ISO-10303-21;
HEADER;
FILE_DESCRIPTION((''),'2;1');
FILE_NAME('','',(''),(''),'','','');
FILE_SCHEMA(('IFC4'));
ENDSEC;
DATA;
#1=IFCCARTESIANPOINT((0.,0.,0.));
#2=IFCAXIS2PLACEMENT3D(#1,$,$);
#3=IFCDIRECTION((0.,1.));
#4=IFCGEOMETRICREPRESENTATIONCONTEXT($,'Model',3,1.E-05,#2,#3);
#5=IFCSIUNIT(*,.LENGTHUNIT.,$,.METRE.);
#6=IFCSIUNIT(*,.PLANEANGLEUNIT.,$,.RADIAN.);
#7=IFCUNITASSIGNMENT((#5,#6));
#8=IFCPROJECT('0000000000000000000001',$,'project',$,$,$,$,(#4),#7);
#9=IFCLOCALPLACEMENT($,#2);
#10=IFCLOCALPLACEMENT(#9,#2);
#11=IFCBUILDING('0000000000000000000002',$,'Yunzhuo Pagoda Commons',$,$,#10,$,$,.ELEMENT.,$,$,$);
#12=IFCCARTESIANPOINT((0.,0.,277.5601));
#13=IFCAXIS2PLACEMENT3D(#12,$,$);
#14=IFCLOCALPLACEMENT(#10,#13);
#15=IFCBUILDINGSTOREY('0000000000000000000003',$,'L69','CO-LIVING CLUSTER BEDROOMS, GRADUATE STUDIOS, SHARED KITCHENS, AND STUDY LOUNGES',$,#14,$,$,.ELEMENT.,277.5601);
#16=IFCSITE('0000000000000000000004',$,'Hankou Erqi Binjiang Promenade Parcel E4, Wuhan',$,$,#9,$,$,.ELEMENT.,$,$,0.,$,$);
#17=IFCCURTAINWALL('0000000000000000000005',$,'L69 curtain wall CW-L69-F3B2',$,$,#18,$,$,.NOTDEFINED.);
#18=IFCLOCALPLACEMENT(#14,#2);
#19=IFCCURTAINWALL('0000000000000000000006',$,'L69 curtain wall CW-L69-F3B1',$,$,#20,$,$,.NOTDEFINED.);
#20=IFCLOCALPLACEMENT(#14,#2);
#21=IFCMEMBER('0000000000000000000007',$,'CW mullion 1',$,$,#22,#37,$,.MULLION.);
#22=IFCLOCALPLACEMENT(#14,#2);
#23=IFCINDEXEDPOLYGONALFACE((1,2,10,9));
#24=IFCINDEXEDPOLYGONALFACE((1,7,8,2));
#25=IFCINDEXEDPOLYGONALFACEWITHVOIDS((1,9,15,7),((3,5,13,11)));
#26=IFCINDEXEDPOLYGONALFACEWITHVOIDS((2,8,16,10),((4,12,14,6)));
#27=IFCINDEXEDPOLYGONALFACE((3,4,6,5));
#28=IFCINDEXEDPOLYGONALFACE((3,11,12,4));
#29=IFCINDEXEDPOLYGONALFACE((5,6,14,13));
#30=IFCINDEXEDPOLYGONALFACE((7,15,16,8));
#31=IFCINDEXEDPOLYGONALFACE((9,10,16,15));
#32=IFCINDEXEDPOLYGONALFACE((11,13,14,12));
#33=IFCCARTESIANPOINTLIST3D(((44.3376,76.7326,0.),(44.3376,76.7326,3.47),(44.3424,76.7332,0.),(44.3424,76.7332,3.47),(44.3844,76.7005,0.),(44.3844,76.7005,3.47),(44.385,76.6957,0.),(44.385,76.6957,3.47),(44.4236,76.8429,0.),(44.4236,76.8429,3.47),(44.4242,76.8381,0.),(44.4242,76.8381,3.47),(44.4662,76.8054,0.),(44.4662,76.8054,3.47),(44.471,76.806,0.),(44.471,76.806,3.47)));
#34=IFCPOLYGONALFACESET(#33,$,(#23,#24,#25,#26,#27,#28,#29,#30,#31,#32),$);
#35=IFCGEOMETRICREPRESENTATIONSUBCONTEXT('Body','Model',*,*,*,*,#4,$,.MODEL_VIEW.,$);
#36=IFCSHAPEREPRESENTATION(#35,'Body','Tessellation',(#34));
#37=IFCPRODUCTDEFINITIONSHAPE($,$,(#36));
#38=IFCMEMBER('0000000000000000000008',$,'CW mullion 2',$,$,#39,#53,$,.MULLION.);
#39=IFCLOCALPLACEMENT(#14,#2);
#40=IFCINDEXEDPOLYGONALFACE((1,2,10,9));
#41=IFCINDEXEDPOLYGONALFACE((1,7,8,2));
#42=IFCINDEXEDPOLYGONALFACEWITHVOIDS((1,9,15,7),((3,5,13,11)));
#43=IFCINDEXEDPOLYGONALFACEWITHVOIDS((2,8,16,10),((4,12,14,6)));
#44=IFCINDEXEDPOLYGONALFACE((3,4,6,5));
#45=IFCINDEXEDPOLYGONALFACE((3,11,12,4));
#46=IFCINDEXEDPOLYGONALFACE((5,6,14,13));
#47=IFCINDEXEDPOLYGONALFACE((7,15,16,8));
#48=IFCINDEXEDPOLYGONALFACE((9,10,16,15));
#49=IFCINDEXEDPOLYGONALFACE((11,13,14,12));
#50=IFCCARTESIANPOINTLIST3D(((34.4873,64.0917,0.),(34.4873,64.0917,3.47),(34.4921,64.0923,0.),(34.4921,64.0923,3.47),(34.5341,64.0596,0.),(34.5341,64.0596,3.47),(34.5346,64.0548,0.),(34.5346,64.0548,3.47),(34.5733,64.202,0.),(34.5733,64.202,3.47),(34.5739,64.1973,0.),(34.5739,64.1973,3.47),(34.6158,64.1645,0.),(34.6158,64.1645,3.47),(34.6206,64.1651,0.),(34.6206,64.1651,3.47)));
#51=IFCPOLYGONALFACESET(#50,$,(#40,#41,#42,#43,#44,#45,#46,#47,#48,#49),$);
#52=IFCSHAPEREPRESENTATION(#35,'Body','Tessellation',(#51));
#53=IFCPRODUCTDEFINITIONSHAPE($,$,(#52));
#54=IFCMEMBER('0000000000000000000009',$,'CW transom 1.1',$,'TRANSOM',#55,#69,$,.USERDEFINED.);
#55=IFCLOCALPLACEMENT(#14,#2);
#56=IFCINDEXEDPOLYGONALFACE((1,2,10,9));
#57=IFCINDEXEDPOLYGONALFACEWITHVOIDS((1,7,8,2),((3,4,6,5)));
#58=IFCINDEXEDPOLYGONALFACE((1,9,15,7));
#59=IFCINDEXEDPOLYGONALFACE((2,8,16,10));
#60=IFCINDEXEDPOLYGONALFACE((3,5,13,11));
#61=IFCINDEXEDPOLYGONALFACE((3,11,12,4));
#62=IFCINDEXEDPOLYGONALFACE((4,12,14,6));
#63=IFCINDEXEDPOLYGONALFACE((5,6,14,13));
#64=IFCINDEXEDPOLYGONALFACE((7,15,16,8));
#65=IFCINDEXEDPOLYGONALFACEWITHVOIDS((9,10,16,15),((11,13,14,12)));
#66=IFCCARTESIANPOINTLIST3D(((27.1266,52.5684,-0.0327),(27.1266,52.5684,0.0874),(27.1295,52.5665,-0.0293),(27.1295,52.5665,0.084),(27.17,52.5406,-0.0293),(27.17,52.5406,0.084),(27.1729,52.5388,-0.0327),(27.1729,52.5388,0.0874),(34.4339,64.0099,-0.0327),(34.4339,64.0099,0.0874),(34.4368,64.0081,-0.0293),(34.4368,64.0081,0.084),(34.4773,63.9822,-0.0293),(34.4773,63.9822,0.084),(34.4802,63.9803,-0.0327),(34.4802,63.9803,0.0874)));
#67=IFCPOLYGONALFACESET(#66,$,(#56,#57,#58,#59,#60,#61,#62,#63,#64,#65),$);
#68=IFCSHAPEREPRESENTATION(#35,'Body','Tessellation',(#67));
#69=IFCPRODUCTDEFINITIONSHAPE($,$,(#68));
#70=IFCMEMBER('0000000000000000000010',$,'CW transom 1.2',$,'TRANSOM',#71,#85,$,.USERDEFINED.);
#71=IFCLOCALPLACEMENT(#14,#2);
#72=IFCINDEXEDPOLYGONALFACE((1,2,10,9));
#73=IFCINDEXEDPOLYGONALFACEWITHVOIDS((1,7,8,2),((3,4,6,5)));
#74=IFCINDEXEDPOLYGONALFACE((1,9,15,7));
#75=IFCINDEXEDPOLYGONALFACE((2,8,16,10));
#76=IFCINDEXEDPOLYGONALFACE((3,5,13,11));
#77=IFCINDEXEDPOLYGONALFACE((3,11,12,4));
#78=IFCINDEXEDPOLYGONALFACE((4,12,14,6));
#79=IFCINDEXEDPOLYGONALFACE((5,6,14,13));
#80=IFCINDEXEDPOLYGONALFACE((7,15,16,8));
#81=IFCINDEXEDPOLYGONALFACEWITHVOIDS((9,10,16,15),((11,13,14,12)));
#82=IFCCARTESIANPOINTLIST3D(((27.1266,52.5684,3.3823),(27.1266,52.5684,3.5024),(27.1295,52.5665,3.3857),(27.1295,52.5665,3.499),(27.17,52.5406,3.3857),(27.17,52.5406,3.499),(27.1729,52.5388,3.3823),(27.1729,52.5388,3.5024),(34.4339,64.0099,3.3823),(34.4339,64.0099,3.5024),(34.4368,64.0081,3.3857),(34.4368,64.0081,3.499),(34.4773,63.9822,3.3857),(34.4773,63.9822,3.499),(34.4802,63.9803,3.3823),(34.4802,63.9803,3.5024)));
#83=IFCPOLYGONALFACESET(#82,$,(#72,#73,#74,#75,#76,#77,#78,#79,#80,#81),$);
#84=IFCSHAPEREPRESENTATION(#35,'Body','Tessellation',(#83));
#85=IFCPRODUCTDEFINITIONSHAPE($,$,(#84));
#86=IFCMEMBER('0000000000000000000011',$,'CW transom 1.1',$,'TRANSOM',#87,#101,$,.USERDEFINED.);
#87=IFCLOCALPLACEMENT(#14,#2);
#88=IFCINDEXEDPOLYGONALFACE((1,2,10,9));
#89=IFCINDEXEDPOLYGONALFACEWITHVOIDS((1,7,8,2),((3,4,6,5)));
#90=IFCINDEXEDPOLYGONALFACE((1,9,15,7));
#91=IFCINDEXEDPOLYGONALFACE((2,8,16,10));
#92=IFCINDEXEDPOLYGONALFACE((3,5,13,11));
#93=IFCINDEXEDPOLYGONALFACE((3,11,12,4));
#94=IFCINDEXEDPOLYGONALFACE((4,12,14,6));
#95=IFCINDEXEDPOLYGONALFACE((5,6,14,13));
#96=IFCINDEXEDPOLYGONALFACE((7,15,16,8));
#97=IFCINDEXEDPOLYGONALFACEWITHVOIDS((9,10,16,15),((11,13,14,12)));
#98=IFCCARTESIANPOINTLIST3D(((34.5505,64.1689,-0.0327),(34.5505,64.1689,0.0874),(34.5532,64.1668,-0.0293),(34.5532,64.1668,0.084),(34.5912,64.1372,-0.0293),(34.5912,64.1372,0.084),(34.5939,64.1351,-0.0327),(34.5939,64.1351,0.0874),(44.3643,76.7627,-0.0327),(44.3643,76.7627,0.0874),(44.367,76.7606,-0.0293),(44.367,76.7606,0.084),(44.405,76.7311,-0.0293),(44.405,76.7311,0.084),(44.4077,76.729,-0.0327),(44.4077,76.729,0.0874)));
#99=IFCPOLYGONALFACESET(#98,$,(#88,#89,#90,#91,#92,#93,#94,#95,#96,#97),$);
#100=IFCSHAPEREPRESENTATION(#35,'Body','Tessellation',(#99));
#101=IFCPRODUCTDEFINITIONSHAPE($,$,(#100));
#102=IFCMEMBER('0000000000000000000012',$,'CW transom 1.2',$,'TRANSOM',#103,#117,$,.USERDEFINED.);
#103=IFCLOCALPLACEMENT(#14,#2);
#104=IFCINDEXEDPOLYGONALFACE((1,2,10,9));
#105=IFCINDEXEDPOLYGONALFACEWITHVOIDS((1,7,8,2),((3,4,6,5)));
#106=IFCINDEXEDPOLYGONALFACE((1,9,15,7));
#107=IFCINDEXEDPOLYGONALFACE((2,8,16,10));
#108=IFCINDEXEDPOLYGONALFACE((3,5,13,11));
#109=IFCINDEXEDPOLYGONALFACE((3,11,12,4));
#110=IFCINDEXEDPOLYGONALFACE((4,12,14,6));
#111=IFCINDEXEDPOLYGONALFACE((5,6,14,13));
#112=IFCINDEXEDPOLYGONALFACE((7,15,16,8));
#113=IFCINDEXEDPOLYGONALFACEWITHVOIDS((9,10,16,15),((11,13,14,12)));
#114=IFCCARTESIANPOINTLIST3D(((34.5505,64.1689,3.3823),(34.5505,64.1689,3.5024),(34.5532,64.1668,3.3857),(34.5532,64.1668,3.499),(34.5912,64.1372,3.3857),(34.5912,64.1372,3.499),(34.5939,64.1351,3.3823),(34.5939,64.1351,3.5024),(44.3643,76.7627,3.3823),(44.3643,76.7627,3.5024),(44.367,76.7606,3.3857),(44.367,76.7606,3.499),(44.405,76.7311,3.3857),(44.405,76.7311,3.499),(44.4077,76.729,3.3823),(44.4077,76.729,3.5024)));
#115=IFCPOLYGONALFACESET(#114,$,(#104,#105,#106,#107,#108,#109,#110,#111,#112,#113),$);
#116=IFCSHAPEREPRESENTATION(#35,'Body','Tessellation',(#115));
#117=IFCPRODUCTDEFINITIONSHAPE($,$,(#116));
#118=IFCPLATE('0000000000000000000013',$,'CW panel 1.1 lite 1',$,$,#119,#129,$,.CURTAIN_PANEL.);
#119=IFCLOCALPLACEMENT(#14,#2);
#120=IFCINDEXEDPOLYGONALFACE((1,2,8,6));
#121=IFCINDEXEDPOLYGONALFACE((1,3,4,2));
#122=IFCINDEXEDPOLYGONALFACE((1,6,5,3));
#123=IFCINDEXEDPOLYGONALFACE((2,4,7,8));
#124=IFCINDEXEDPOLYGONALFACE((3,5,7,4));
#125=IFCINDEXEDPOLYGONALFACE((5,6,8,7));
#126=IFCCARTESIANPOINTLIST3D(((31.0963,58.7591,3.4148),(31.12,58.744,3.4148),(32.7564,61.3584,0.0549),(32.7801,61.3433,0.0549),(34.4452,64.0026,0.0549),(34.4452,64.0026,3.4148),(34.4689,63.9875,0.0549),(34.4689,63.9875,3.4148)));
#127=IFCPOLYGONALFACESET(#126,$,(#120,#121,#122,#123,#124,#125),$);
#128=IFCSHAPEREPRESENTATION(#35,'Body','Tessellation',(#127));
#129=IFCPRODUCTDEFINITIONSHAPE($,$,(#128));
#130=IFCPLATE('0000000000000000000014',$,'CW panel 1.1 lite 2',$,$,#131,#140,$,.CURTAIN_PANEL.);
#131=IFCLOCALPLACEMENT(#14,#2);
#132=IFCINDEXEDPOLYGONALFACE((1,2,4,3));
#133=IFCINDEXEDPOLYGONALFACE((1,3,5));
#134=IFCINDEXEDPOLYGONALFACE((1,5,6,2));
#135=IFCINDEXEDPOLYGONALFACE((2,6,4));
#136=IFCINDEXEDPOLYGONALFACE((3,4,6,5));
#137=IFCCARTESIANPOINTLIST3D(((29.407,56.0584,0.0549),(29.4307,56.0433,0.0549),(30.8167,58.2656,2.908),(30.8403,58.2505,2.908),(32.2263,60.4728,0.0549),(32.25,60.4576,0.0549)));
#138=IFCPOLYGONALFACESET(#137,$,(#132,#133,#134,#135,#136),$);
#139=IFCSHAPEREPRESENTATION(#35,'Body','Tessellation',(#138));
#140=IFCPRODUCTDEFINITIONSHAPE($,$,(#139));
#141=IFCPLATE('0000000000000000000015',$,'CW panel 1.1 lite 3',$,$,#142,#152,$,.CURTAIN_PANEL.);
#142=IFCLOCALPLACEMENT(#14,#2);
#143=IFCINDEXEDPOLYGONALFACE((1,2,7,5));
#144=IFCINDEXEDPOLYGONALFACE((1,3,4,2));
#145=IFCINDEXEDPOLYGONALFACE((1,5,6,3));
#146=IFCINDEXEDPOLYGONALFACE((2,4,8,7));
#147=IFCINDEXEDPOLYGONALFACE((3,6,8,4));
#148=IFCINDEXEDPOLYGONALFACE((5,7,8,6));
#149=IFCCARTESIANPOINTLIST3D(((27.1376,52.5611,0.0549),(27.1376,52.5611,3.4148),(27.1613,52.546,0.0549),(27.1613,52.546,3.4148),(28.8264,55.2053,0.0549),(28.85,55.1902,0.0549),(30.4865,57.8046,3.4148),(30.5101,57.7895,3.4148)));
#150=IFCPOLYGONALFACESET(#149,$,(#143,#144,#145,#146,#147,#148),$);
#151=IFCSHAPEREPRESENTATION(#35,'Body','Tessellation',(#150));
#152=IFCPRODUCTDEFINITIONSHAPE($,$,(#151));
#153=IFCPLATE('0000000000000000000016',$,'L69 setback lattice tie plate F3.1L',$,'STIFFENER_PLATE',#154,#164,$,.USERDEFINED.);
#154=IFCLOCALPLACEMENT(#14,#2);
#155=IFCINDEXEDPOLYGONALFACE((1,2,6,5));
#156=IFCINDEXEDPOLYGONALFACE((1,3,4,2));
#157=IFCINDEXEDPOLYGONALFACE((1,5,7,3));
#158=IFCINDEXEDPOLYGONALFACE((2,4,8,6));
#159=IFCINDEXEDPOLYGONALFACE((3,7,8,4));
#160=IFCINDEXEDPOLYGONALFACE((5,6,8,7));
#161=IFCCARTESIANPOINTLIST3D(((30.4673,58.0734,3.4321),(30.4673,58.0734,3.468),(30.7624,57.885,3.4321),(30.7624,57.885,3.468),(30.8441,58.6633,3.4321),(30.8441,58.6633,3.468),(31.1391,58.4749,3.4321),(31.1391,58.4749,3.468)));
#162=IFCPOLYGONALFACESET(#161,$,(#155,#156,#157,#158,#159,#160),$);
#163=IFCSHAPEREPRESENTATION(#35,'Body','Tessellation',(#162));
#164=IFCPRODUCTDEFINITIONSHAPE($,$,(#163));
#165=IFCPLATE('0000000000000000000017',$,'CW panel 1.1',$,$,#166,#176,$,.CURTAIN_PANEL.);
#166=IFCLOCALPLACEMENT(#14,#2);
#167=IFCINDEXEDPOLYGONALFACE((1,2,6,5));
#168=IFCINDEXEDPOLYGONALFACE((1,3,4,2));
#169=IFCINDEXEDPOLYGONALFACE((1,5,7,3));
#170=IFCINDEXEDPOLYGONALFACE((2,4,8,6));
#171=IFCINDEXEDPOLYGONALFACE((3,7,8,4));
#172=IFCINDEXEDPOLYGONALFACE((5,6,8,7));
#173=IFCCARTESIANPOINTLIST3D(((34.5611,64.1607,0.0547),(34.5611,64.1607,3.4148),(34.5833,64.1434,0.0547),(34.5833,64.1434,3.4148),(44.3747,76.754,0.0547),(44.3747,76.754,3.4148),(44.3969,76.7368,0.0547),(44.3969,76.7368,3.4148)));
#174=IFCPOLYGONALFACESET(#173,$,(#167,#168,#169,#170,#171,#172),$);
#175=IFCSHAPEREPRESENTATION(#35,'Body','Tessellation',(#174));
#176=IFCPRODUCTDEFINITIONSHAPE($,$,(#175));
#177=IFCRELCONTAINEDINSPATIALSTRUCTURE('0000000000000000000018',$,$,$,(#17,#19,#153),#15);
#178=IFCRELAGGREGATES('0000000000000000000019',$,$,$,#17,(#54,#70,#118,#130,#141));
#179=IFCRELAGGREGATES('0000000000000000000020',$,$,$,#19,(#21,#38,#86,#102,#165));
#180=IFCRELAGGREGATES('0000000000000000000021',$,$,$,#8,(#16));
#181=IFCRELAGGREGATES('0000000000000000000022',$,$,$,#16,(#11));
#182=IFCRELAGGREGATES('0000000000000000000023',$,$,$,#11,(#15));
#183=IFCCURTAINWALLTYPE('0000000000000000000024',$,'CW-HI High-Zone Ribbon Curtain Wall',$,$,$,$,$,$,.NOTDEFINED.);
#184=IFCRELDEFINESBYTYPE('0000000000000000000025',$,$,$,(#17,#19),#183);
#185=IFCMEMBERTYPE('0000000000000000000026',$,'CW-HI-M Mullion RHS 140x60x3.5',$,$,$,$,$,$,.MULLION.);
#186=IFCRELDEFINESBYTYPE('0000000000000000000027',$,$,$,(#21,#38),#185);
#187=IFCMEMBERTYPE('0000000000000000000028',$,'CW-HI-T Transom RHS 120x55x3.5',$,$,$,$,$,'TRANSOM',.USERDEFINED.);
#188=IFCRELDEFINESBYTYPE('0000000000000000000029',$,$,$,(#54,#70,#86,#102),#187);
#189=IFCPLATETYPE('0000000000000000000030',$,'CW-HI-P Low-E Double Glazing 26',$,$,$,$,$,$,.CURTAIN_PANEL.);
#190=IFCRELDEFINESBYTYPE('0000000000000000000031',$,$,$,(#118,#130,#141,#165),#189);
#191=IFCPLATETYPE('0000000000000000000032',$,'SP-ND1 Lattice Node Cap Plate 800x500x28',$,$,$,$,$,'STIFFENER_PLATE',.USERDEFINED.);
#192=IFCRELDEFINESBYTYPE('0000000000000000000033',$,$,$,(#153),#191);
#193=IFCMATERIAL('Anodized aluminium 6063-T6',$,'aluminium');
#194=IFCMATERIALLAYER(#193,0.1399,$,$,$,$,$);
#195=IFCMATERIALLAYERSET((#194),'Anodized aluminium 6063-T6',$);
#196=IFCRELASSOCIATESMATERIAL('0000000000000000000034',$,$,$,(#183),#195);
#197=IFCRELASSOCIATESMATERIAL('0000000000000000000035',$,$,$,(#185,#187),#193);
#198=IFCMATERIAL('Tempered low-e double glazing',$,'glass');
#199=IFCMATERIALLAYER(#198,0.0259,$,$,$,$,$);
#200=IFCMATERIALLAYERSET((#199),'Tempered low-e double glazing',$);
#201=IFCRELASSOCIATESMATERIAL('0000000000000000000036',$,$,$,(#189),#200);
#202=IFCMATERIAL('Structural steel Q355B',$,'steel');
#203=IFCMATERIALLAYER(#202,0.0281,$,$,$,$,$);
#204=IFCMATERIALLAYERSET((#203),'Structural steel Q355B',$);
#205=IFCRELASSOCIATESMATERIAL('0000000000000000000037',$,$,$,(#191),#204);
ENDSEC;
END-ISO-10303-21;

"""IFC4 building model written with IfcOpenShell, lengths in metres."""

from ifc_helpers import new_model, si_unit, direction, frame, origin, origin_2d, place, context, subcontext, project, spatial, polyline, rectangle, hollow_rectangle, outline, extrude, source, transform, mapped, material, layer, layer_set, material_profile, profile_set, type_object, element, aggregate, save


model = new_model("IFC4")

# Units and contexts
model_context = context("Model", 3, precision=1e-05, world=origin(), true_north=direction((0.0, 1.0)))
body_context = subcontext(model_context, "Body", "Model", "MODEL_VIEW")
ifc_project = project(units=[si_unit("LENGTHUNIT", "METRE"), si_unit("PLANEANGLEUNIT", "RADIAN")], contexts=[model_context])

# Site, building, storey
site_placement = place(None, origin())
site = spatial("IfcSite", under=ifc_project, at=site_placement, Name="Hankou Erqi Binjiang Promenade Parcel E4, Wuhan", CompositionType="ELEMENT", RefElevation=0.0)
building_placement = place(site_placement, origin())
building = spatial("IfcBuilding", under=site, at=building_placement, Name="Yunzhuo Pagoda Commons", CompositionType="ELEMENT")
storey_placement = place(building_placement, frame((0.0, 0.0, 277.5601)))
storey = spatial("IfcBuildingStorey", under=building, at=storey_placement, Name="L69", Description="CO-LIVING CLUSTER BEDROOMS, GRADUATE STUDIOS, SHARED KITCHENS, AND STUDY LOUNGES", CompositionType="ELEMENT", Elevation=277.5601)

# Shared definitions
ifc_material_1 = material(Name="Structural steel Q355B", Category="steel")

# Curtain wall
ifc_material_2 = material(Name="Anodized aluminium 6063-T6", Category="aluminium")
ifc_layer_1 = layer(ifc_material_2, 0.1399)
ifc_layer_set_1 = layer_set([ifc_layer_1], Name="Anodized aluminium 6063-T6")
curtain_wall_type = type_object("IfcCurtainWallType", Name="CW-HI High-Zone Ribbon Curtain Wall", PredefinedType="NOTDEFINED", material=ifc_layer_set_1)
curtain_wall_1_placement = place(storey_placement, origin())
curtain_wall_1 = element("IfcCurtainWall", 1, at=curtain_wall_1_placement, inside=storey, type_object=curtain_wall_type, Name="L69 curtain wall CW-L69-F3B2", PredefinedType="NOTDEFINED")
ifc_material_profile_1 = material_profile(ifc_material_2, hollow_rectangle(XDim=0.0601, YDim=0.1399, WallThickness=0.0034, at=origin_2d()), Name="Anodized aluminium 6063-T6")
ifc_profile_set_1 = profile_set([ifc_material_profile_1], Name="Anodized aluminium 6063-T6")
member_type_1 = type_object("IfcMemberType", Name="CW-HI-M Mullion RHS 140x60x3.5", PredefinedType="MULLION", material=ifc_profile_set_1)
shared_shape_1 = source(origin(), body_context, "Body", "SweptSolid", [
    extrude(hollow_rectangle(XDim=0.0601, YDim=0.1399, WallThickness=0.0034, at=origin_2d()), origin(), (0.0, 0.0, 1.0), 3.47),
])

# Curtain wall, members
curtain_wall_2_placement = place(storey_placement, origin())
curtain_wall_2 = element("IfcCurtainWall", 2, at=curtain_wall_2_placement, inside=storey, type_object=curtain_wall_type, Name="L69 curtain wall CW-L69-F3B1", PredefinedType="NOTDEFINED")
member_1_placement = place(storey_placement, frame((44.4043, 76.7693, 0.0), z_axis=(0.0, 0.0, 1.0), x_axis=(0.788783, -0.614672, 0.0)))
member_1 = element("IfcMember", 3, at=member_1_placement, type_object=member_type_1, Name="CW mullion 1", PredefinedType="MULLION", context=body_context, shape_type="MappedRepresentation", body=[
    mapped(shared_shape_1, transform((0.0, 0.0, 0.0), scale=1.0)),
])
member_2_placement = place(storey_placement, frame((34.554, 64.1284, 0.0), z_axis=(0.0, 0.0, 1.0), x_axis=(0.788783, -0.614672, 0.0)))
member_2 = element("IfcMember", 4, at=member_2_placement, type_object=member_type_1, Name="CW mullion 2", PredefinedType="MULLION", context=body_context, shape_type="MappedRepresentation", body=[
    mapped(shared_shape_1, transform((0.0, 0.0, 0.0), scale=1.0)),
])

# Members
ifc_material_profile_2 = material_profile(ifc_material_2, hollow_rectangle(XDim=0.0549, YDim=0.1201, WallThickness=0.0034, at=origin_2d()), Name="Anodized aluminium 6063-T6")
ifc_profile_set_2 = profile_set([ifc_material_profile_2], Name="Anodized aluminium 6063-T6")
member_type_2 = type_object("IfcMemberType", Name="CW-HI-T Transom RHS 120x55x3.5", ElementType="TRANSOM", PredefinedType="USERDEFINED", material=ifc_profile_set_2)
shared_shape_2 = source(origin(), body_context, "Body", "SweptSolid", [
    extrude(hollow_rectangle(XDim=0.0549, YDim=0.1201, WallThickness=0.0034, at=origin_2d()), origin(), (0.0, 0.0, 1.0), 13.5759),
])
member_3_placement = place(storey_placement, frame((34.457, 63.9951, 0.0273), z_axis=(-0.538255, -0.842782, 0.0), x_axis=(0.842782, -0.538255, 0.0)))
member_3 = element("IfcMember", 5, at=member_3_placement, type_object=member_type_2, Name="CW transom 1.1", ObjectType="TRANSOM", PredefinedType="USERDEFINED", context=body_context, shape_type="MappedRepresentation", body=[
    mapped(shared_shape_2, transform((0.0, 0.0, 0.0), scale=1.0)),
])
member_4_placement = place(storey_placement, frame((34.457, 63.9951, 3.4424), z_axis=(-0.538255, -0.842782, 0.0), x_axis=(0.842782, -0.538255, 0.0)))
member_4 = element("IfcMember", 6, at=member_4_placement, type_object=member_type_2, Name="CW transom 1.2", ObjectType="TRANSOM", PredefinedType="USERDEFINED", context=body_context, shape_type="MappedRepresentation", body=[
    mapped(shared_shape_2, transform((0.0, 0.0, 0.0), scale=1.0)),
])
shared_shape_3 = source(origin(), body_context, "Body", "SweptSolid", [
    extrude(hollow_rectangle(XDim=0.0549, YDim=0.1201, WallThickness=0.0034, at=origin_2d()), origin(), (0.0, 0.0, 1.0), 15.9661),
])
member_5_placement = place(storey_placement, frame((44.386, 76.7458, 0.0273), z_axis=(-0.614666, -0.788788, 0.0), x_axis=(0.788788, -0.614666, 0.0)))
member_5 = element("IfcMember", 7, at=member_5_placement, type_object=member_type_2, Name="CW transom 1.1", ObjectType="TRANSOM", PredefinedType="USERDEFINED", context=body_context, shape_type="MappedRepresentation", body=[
    mapped(shared_shape_3, transform((0.0, 0.0, 0.0), scale=1.0)),
])
member_6_placement = place(storey_placement, frame((44.386, 76.7458, 3.4424), z_axis=(-0.614666, -0.788788, 0.0), x_axis=(0.788788, -0.614666, 0.0)))
member_6 = element("IfcMember", 8, at=member_6_placement, type_object=member_type_2, Name="CW transom 1.2", ObjectType="TRANSOM", PredefinedType="USERDEFINED", context=body_context, shape_type="MappedRepresentation", body=[
    mapped(shared_shape_3, transform((0.0, 0.0, 0.0), scale=1.0)),
])

# Plates
ifc_material_3 = material(Name="Tempered low-e double glazing", Category="glass")
ifc_layer_2 = layer(ifc_material_3, 0.0259)
ifc_layer_set_2 = layer_set([ifc_layer_2], Name="Tempered low-e double glazing")
plate_type_1 = type_object("IfcPlateType", Name="CW-HI-P Low-E Double Glazing 26", PredefinedType="CURTAIN_PANEL", material=ifc_layer_set_2)
plate_1_placement = place(storey_placement, frame((32.7944, 61.3657, 1.7349), z_axis=(-0.842779, 0.53826, 0.0), x_axis=(-0.53826, -0.842779, 0.0)))
plate_1 = element("IfcPlate", 9, at=plate_1_placement, type_object=plate_type_1, Name="CW panel 1.1 lite 1", PredefinedType="CURTAIN_PANEL", context=body_context, shape_type="SweptSolid", body=[
    extrude(outline(polyline([(-3.1108, -1.6799), (0.0266, -1.6799), (3.1108, 1.6799), (-3.1108, 1.6799), (-3.1108, -1.6799)])), origin(), (0.0, 0.0, 1.0), 0.0281),
])
plate_2_placement = place(storey_placement, frame((30.8403, 58.2505, 1.4814), z_axis=(-0.842779, 0.53826, 0.0), x_axis=(-0.53826, -0.842779, 0.0)))
plate_2 = element("IfcPlate", 10, at=plate_2_placement, type_object=plate_type_1, Name="CW panel 1.1 lite 2", PredefinedType="CURTAIN_PANEL", context=body_context, shape_type="SweptSolid", body=[
    extrude(outline(polyline([(-2.6189, -1.4265), (2.6189, -1.4265), (0.0, 1.4265), (-2.6189, -1.4265)])), origin(), (0.0, 0.0, 1.0), 0.0281),
])
plate_3_placement = place(storey_placement, frame((28.8357, 55.1677, 1.7349), z_axis=(-0.842779, 0.53826, 0.0), x_axis=(-0.53826, -0.842779, 0.0)))
plate_3 = element("IfcPlate", 11, at=plate_3_placement, type_object=plate_type_1, Name="CW panel 1.1 lite 3", PredefinedType="CURTAIN_PANEL", context=body_context, shape_type="SweptSolid", body=[
    extrude(outline(polyline([(-3.1108, 1.6799), (-0.0266, -1.6799), (3.1108, -1.6799), (3.1108, 1.6799), (-3.1108, 1.6799)])), origin(), (0.0, 0.0, 1.0), 0.0281),
])
aggregate(curtain_wall_1, [member_3, member_4, plate_1, plate_2, plate_3])
ifc_layer_3 = layer(ifc_material_1, 0.0281)
ifc_layer_set_3 = layer_set([ifc_layer_3], Name="Structural steel Q355B")
plate_type_2 = type_object("IfcPlateType", Name="SP-ND1 Lattice Node Cap Plate 800x500x28", ElementType="STIFFENER_PLATE", PredefinedType="USERDEFINED", material=ifc_layer_set_3)
shared_shape_4 = source(origin(), body_context, "Body", "SweptSolid", [
    extrude(rectangle(XDim=0.7, YDim=0.3501, at=origin_2d()), origin(), (0.0, 0.0, 1.0), 0.0359),
])
plate_4_placement = place(storey_placement, frame((30.8032, 58.2742, 3.4321), z_axis=(0.0, 0.0, 1.0), x_axis=(-0.538256, -0.842781, 0.0)))
element("IfcPlate", 12, at=plate_4_placement, inside=storey, type_object=plate_type_2, Name="L69 setback lattice tie plate F3.1L", ObjectType="STIFFENER_PLATE", PredefinedType="USERDEFINED", context=body_context, shape_type="MappedRepresentation", body=[
    mapped(shared_shape_4, transform((0.0, 0.0, 0.0), scale=1.0)),
])
shared_shape_5 = source(origin(), body_context, "Body", "SweptSolid", [
    extrude(rectangle(XDim=15.9656, YDim=0.0281, at=origin_2d()), origin(), (0.0, 0.0, 1.0), 3.3601),
])
plate_5_placement = place(storey_placement, frame((39.479, 70.4487, 0.0547), z_axis=(0.0, 0.0, 1.0), x_axis=(-0.614672, -0.788783, 0.0)))
plate_5 = element("IfcPlate", 13, at=plate_5_placement, type_object=plate_type_1, Name="CW panel 1.1", PredefinedType="CURTAIN_PANEL", context=body_context, shape_type="MappedRepresentation", body=[
    mapped(shared_shape_5, transform((0.0, 0.0, 0.0), scale=1.0)),
])
aggregate(curtain_wall_2, [member_1, member_2, member_5, member_6, plate_5])

save(model, "model.ifc")
